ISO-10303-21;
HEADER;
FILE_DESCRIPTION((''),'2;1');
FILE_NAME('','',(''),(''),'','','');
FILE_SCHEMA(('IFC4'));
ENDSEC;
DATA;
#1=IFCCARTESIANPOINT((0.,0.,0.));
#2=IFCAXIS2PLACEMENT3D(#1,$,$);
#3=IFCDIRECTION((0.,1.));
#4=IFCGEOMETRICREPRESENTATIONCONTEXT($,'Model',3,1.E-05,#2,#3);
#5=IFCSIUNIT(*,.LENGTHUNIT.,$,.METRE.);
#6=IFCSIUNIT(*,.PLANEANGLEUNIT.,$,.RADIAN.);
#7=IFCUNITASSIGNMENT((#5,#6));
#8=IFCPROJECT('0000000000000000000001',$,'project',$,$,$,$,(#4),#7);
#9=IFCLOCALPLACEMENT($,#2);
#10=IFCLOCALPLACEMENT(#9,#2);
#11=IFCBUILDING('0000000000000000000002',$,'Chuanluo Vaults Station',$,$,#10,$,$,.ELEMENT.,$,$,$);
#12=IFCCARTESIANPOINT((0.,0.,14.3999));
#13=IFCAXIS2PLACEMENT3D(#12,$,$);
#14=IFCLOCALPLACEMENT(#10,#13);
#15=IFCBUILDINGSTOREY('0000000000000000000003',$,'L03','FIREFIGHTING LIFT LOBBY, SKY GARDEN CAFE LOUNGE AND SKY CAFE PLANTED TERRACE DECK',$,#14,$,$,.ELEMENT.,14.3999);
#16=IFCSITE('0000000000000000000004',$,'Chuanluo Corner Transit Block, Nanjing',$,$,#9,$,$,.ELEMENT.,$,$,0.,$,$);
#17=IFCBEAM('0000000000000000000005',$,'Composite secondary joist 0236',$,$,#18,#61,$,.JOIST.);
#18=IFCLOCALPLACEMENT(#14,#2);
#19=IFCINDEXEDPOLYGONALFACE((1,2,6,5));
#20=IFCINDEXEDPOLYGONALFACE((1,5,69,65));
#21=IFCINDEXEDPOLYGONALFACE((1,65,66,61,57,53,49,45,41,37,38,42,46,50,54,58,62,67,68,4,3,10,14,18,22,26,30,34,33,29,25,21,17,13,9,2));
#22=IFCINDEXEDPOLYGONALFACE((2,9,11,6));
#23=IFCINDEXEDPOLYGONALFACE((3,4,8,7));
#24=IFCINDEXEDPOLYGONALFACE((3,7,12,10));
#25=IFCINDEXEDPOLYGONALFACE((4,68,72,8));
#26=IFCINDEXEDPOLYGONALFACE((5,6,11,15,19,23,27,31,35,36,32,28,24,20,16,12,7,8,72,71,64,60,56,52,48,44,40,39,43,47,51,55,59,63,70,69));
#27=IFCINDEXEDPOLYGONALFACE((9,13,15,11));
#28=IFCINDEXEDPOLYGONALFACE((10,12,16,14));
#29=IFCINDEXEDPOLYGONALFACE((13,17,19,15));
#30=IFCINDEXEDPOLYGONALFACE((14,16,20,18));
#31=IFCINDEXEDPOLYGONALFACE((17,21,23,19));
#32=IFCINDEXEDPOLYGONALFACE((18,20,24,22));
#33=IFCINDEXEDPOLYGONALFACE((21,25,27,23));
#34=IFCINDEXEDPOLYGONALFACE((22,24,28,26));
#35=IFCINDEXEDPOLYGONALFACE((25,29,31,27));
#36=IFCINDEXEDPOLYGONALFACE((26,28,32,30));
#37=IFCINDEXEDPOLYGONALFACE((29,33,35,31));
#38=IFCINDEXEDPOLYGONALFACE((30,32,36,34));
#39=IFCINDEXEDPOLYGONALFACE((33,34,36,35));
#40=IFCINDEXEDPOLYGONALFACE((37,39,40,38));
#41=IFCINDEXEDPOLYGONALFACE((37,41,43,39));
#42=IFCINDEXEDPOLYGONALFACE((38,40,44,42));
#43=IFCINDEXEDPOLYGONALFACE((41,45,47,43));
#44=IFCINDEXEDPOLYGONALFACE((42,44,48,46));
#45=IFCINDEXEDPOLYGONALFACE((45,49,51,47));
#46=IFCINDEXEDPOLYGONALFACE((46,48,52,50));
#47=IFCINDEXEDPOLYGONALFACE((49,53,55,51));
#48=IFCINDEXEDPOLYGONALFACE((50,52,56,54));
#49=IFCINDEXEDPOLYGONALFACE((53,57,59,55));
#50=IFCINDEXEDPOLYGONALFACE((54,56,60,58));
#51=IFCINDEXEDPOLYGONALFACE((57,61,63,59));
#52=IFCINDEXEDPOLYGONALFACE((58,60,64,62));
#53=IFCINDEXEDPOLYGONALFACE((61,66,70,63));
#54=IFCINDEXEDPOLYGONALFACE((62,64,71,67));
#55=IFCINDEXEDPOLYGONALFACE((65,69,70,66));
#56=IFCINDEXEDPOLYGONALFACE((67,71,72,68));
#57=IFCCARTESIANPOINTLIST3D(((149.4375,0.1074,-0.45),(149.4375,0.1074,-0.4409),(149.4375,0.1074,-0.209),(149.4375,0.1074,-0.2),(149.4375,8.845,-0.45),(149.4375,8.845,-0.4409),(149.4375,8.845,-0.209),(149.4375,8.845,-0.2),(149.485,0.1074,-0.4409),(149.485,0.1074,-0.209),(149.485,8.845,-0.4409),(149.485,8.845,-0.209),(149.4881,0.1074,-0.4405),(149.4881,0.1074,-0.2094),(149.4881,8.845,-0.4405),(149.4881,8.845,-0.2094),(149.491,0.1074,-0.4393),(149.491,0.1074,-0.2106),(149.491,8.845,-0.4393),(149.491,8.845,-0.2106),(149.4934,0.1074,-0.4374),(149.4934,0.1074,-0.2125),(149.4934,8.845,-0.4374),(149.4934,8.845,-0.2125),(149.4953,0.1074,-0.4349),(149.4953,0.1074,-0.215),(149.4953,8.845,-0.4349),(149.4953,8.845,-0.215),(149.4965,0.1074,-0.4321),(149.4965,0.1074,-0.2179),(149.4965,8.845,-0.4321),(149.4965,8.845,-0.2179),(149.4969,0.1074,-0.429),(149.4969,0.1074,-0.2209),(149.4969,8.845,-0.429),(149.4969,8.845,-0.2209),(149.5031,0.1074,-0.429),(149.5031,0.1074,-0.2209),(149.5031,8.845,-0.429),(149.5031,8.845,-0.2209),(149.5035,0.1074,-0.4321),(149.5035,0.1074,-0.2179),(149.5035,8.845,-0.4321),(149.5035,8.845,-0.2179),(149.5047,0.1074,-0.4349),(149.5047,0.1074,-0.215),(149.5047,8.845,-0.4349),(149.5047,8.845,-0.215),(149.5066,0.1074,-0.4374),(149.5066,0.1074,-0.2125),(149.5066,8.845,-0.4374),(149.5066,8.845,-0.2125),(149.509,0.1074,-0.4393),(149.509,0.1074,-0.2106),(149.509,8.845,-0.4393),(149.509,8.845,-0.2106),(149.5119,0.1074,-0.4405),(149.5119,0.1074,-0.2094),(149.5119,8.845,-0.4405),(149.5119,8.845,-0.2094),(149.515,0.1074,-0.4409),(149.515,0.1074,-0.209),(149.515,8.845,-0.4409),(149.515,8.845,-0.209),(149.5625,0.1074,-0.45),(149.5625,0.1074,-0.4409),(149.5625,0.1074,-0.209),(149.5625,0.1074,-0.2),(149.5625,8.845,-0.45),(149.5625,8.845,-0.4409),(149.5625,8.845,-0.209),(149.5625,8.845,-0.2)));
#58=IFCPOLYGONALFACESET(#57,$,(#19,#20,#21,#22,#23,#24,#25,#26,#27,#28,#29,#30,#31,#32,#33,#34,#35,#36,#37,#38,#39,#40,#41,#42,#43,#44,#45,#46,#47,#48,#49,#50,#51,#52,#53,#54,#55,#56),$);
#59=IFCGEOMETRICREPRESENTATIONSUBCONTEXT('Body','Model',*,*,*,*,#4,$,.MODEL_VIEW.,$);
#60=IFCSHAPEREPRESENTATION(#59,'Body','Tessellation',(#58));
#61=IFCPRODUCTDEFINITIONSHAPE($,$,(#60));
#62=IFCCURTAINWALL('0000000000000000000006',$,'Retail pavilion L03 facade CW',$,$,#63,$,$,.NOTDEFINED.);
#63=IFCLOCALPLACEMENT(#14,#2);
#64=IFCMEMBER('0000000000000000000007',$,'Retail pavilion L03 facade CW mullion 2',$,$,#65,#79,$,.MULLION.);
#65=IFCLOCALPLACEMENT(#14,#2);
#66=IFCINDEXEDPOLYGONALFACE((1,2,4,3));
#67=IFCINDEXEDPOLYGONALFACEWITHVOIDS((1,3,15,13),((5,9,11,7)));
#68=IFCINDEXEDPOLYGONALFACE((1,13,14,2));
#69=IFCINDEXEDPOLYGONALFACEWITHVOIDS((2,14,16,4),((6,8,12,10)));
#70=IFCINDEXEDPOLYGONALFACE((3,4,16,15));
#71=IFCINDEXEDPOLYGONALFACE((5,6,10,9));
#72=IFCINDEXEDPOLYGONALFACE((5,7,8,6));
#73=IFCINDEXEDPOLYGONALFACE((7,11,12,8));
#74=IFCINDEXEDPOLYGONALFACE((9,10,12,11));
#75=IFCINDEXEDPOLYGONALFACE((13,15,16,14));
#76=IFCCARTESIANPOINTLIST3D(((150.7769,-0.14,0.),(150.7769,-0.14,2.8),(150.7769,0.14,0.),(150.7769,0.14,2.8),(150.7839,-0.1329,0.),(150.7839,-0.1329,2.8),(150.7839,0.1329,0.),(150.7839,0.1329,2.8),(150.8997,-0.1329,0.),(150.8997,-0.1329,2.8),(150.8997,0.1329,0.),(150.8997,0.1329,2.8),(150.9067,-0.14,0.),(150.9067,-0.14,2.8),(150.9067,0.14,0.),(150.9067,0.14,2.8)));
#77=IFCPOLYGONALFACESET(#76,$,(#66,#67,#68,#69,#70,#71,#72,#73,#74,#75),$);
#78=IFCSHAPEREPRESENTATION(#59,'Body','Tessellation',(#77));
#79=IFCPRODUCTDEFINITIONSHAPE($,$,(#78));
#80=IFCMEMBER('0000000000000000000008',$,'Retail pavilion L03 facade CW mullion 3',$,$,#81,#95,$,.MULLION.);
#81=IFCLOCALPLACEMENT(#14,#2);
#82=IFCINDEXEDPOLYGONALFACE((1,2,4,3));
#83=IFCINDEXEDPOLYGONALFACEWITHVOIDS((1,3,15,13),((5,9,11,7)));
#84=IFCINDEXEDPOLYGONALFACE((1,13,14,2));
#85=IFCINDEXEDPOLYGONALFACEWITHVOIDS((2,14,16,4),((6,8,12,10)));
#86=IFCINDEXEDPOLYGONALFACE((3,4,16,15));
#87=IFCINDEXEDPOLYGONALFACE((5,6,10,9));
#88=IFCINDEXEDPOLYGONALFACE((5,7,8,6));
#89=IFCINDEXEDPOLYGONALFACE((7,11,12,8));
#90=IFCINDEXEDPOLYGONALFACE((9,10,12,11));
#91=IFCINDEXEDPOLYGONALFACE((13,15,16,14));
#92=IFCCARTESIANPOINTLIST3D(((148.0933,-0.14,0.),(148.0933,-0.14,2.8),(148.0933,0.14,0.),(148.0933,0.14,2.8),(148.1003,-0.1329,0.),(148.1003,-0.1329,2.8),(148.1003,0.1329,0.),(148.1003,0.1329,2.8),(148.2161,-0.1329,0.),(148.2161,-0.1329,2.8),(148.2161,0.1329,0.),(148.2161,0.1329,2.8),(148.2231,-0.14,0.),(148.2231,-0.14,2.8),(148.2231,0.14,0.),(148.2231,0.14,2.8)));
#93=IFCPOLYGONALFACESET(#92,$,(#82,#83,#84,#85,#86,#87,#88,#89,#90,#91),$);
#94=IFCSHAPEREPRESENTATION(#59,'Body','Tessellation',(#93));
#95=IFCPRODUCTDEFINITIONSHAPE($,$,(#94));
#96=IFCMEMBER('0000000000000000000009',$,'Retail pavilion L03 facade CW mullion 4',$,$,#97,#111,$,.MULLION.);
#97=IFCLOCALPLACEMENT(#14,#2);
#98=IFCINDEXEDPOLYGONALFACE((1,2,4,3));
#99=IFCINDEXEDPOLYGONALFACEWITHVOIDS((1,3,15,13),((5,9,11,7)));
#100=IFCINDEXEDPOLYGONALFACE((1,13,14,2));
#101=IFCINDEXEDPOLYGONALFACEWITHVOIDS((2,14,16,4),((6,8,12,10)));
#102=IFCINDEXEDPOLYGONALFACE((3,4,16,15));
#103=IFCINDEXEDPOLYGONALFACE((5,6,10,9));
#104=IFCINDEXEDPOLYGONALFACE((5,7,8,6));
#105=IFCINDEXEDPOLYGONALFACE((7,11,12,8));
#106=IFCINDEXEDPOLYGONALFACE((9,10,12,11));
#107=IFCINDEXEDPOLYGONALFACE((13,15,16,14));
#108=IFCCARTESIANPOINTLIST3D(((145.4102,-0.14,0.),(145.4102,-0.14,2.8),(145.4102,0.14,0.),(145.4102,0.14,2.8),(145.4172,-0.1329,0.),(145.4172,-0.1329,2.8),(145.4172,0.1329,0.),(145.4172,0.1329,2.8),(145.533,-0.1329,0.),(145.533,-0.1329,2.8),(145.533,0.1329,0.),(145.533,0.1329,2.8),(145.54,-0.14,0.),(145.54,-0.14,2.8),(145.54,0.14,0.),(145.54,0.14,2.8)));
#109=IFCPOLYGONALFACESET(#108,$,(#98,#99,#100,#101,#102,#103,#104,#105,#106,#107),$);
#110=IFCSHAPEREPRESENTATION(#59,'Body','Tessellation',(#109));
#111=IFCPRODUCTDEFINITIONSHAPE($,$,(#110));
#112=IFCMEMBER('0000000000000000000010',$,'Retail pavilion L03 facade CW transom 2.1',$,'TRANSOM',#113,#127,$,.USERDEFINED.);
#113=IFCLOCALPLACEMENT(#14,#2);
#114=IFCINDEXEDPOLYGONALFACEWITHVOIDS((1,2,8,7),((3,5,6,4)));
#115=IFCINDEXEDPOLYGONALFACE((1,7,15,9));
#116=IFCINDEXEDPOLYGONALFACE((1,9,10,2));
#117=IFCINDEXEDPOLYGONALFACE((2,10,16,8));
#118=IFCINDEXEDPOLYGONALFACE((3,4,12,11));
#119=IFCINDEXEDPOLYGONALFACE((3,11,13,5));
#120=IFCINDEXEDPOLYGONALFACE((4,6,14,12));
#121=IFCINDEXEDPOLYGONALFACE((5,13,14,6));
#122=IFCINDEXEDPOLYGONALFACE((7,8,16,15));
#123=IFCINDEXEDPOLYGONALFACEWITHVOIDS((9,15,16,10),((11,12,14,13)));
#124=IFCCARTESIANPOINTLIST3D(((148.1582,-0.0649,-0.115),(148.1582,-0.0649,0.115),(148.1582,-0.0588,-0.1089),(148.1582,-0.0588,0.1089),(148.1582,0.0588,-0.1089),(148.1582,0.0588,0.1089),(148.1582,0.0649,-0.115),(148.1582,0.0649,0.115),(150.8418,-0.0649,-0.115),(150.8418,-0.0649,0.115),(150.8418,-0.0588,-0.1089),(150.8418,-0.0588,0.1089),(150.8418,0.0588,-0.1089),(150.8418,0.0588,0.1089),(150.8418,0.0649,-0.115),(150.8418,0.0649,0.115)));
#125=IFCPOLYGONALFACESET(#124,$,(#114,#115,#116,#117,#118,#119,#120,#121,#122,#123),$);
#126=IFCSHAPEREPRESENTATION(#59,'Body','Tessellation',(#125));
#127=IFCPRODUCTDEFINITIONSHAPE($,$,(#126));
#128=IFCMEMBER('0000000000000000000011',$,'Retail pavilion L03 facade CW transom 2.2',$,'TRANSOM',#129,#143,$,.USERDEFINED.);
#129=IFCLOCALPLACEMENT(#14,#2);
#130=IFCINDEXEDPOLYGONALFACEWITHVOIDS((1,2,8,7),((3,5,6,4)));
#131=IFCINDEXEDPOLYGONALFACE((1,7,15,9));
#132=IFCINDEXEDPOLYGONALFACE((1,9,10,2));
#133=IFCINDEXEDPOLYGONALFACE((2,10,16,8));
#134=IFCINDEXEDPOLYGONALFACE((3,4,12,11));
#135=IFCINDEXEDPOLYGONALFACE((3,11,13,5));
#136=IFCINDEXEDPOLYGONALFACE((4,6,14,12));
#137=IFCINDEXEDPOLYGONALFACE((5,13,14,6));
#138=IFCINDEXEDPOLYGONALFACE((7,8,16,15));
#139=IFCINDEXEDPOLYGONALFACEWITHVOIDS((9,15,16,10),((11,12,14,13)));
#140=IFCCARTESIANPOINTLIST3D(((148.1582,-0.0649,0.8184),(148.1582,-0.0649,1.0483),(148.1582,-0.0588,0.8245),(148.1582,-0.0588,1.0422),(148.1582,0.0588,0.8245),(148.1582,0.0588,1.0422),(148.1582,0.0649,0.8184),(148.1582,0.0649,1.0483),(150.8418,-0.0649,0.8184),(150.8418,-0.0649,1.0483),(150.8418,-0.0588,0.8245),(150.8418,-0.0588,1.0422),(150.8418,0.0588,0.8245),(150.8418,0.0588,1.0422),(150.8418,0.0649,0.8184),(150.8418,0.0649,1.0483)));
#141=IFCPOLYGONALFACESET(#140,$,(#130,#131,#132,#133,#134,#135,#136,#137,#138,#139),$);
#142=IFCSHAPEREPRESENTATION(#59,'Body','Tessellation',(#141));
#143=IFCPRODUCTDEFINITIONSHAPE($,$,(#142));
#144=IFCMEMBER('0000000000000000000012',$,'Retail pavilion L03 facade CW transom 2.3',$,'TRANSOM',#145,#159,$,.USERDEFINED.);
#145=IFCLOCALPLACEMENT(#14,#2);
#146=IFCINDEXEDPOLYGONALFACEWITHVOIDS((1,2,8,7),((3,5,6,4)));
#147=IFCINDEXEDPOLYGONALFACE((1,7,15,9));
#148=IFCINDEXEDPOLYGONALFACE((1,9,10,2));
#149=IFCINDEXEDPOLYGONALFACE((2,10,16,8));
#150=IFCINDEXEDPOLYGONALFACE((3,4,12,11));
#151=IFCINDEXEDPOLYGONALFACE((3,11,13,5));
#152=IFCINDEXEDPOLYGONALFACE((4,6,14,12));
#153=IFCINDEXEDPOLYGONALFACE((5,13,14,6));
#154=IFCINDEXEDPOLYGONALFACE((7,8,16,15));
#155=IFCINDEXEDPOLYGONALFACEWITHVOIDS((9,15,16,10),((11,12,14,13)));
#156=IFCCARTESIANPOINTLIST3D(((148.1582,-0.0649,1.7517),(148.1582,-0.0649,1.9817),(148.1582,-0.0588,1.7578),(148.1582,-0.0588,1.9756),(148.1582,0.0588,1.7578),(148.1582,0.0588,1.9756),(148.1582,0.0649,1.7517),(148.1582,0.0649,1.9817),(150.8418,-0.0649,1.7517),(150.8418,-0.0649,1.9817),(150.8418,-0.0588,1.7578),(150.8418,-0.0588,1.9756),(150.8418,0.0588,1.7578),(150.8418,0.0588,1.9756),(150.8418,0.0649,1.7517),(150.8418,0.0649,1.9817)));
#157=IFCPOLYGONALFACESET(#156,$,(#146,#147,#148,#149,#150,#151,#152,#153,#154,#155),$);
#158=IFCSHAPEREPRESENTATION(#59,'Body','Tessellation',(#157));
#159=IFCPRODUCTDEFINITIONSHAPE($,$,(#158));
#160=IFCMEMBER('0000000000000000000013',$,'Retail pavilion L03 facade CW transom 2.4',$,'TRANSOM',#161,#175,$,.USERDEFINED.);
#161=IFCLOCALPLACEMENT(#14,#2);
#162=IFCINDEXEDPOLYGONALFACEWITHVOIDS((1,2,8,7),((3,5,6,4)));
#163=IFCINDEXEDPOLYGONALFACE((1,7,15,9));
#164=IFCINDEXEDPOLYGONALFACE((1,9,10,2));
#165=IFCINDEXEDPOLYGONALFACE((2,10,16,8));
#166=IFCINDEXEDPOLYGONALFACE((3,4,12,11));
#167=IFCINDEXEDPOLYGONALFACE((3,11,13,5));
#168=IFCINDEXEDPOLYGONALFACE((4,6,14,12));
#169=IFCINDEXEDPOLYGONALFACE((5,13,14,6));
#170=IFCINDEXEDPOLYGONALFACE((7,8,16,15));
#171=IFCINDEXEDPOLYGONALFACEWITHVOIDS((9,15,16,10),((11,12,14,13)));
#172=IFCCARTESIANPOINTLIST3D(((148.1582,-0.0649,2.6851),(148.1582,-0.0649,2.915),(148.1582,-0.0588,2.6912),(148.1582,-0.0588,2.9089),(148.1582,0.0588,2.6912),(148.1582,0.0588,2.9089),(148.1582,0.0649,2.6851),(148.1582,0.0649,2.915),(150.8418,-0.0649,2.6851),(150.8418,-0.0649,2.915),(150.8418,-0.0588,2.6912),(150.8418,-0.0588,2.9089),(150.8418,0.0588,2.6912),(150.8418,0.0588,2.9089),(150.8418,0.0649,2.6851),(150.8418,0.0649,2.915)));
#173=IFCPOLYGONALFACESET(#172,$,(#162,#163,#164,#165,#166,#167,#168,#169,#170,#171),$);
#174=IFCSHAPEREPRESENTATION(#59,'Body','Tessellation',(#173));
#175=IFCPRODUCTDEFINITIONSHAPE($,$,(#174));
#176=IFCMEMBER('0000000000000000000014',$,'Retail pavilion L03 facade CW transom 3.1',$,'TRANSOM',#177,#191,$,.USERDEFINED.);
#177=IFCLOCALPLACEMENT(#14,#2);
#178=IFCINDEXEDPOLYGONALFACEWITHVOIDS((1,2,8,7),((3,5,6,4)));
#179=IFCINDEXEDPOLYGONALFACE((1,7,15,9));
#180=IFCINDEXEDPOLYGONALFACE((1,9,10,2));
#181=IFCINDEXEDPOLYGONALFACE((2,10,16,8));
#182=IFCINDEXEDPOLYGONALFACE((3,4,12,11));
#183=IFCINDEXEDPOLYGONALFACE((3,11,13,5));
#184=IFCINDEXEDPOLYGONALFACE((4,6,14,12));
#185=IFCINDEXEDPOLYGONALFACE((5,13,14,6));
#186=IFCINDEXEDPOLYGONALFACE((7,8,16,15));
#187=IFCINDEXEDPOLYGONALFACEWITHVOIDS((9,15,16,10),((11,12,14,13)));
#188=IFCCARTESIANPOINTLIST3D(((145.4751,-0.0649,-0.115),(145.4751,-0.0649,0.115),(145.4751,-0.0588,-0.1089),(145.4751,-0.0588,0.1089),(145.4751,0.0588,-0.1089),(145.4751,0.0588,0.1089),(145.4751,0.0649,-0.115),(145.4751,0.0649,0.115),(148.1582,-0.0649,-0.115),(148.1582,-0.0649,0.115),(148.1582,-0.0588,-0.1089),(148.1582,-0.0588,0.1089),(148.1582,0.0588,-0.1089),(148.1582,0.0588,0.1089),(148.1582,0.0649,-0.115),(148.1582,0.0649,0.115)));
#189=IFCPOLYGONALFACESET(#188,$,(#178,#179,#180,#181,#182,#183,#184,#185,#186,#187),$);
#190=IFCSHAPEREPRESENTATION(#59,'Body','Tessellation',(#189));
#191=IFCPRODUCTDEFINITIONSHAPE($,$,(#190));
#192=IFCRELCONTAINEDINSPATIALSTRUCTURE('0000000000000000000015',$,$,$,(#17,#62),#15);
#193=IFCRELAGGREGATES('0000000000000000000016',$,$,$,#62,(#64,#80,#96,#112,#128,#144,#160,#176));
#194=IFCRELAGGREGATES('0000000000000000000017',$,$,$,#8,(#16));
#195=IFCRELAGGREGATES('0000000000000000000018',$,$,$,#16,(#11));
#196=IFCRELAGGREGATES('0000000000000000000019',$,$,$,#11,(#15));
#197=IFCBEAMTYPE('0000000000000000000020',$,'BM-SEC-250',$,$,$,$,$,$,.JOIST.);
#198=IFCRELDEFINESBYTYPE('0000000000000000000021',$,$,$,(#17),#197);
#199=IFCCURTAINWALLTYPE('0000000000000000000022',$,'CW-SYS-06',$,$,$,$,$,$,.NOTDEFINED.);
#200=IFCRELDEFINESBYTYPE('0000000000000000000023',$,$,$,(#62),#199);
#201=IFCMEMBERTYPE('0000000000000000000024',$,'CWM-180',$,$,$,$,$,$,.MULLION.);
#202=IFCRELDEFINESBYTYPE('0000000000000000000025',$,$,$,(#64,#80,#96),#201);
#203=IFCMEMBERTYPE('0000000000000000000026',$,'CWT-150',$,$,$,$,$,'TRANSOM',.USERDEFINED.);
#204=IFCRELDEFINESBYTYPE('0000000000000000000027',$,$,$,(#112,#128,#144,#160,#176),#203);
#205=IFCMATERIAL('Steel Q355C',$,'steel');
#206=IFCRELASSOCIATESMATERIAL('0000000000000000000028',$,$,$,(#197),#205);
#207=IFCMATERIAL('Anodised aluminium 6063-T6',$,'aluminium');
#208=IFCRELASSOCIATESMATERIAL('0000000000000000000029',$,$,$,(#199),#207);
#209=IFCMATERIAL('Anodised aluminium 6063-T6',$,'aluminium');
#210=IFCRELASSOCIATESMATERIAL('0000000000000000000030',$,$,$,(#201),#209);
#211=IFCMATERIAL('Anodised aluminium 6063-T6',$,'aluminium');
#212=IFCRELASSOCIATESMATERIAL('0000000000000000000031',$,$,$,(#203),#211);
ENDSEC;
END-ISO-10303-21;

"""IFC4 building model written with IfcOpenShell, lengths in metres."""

from ifc_helpers import new_model, si_unit, direction, frame, origin, origin_2d, place, context, subcontext, project, spatial, hollow_rectangle, i_section, extrude, material, material_profile, profile_set, type_object, element, aggregate, save


model = new_model("IFC4")

# Units and contexts
model_context = context("Model", 3, precision=1e-05, world=origin(), true_north=direction((0.0, 1.0)))
body_context = subcontext(model_context, "Body", "Model", "MODEL_VIEW")
ifc_project = project(units=[si_unit("LENGTHUNIT", "METRE"), si_unit("PLANEANGLEUNIT", "RADIAN")], contexts=[model_context])

# Site, building, storey
site_placement = place(None, origin())
site = spatial("IfcSite", under=ifc_project, at=site_placement, Name="Chuanluo Corner Transit Block, Nanjing", CompositionType="ELEMENT", RefElevation=0.0)
building_placement = place(site_placement, origin())
building = spatial("IfcBuilding", under=site, at=building_placement, Name="Chuanluo Vaults Station", CompositionType="ELEMENT")
storey_placement = place(building_placement, frame((0.0, 0.0, 14.3999)))
storey = spatial("IfcBuildingStorey", under=building, at=storey_placement, Name="L03", Description="FIREFIGHTING LIFT LOBBY, SKY GARDEN CAFE LOUNGE AND SKY CAFE PLANTED TERRACE DECK", CompositionType="ELEMENT", Elevation=14.3999)

# Beam
ifc_material_1 = material(Name="Steel Q355C", Category="steel")
ifc_material_profile_1 = material_profile(ifc_material_1, i_section(OverallWidth=0.125, OverallDepth=0.25, WebThickness=0.0061, FlangeThickness=0.009, FilletRadius=0.012, at=origin_2d()))
ifc_profile_set_1 = profile_set([ifc_material_profile_1], Name="Steel Q355C")
beam_type = type_object("IfcBeamType", Name="BM-SEC-250", PredefinedType="JOIST", material=ifc_profile_set_1)
beam_placement = place(storey_placement, frame((149.5, 0.1074, -0.325), z_axis=(0.0, 1.0, 0.0), x_axis=(-1.0, 0.0, 0.0)))
element("IfcBeam", 1, at=beam_placement, inside=storey, type_object=beam_type, Name="Composite secondary joist 0236", PredefinedType="JOIST", context=body_context, shape_type="SweptSolid", body=[
    extrude(i_section(OverallWidth=0.125, OverallDepth=0.25, WebThickness=0.0061, FlangeThickness=0.009, FilletRadius=0.012, at=origin_2d()), origin(), (0.0, 0.0, 1.0), 8.7375),
])

# Curtain wall, members
ifc_material_2 = material(Name="Anodised aluminium 6063-T6", Category="aluminium")
curtain_wall_type = type_object("IfcCurtainWallType", Name="CW-SYS-06", PredefinedType="NOTDEFINED", material=ifc_material_2)
curtain_wall_placement = place(storey_placement, origin())
curtain_wall = element("IfcCurtainWall", 2, at=curtain_wall_placement, inside=storey, type_object=curtain_wall_type, Name="Retail pavilion L03 facade CW", PredefinedType="NOTDEFINED")
ifc_material_3 = material(Name="Anodised aluminium 6063-T6", Category="aluminium")
ifc_material_profile_2 = material_profile(ifc_material_3, hollow_rectangle(XDim=0.1299, YDim=0.28, WallThickness=0.0071, at=origin_2d()))
ifc_profile_set_2 = profile_set([ifc_material_profile_2], Name="Anodised aluminium 6063-T6")
member_type_1 = type_object("IfcMemberType", Name="CWM-180", PredefinedType="MULLION", material=ifc_profile_set_2)
member_1_placement = place(storey_placement, frame((150.8418, 0.0, 0.0), z_axis=(0.0, 0.0, 1.0), x_axis=(-1.0, 0.0, 0.0)))
member_1 = element("IfcMember", 3, at=member_1_placement, type_object=member_type_1, Name="Retail pavilion L03 facade CW mullion 2", PredefinedType="MULLION", context=body_context, shape_type="SweptSolid", body=[
    extrude(hollow_rectangle(XDim=0.1299, YDim=0.28, WallThickness=0.0071, at=origin_2d()), origin(), (0.0, 0.0, 1.0), 2.8),
])
member_2_placement = place(storey_placement, frame((148.1582, 0.0, 0.0), z_axis=(0.0, 0.0, 1.0), x_axis=(-1.0, 0.0, 0.0)))
member_2 = element("IfcMember", 4, at=member_2_placement, type_object=member_type_1, Name="Retail pavilion L03 facade CW mullion 3", PredefinedType="MULLION", context=body_context, shape_type="SweptSolid", body=[
    extrude(hollow_rectangle(XDim=0.1299, YDim=0.28, WallThickness=0.0071, at=origin_2d()), origin(), (0.0, 0.0, 1.0), 2.8),
])
member_3_placement = place(storey_placement, frame((145.4751, 0.0, 0.0), z_axis=(0.0, 0.0, 1.0), x_axis=(-1.0, 0.0, 0.0)))
member_3 = element("IfcMember", 5, at=member_3_placement, type_object=member_type_1, Name="Retail pavilion L03 facade CW mullion 4", PredefinedType="MULLION", context=body_context, shape_type="SweptSolid", body=[
    extrude(hollow_rectangle(XDim=0.1299, YDim=0.28, WallThickness=0.0071, at=origin_2d()), origin(), (0.0, 0.0, 1.0), 2.8),
])
ifc_material_4 = material(Name="Anodised aluminium 6063-T6", Category="aluminium")
ifc_material_profile_3 = material_profile(ifc_material_4, hollow_rectangle(XDim=0.1299, YDim=0.23, WallThickness=0.0061, at=origin_2d()))
ifc_profile_set_3 = profile_set([ifc_material_profile_3], Name="Anodised aluminium 6063-T6")
member_type_2 = type_object("IfcMemberType", Name="CWT-150", ElementType="TRANSOM", PredefinedType="USERDEFINED", material=ifc_profile_set_3)
member_4_placement = place(storey_placement, frame((150.8418, 0.0, 0.0), z_axis=(-1.0, 0.0, 0.0), x_axis=(0.0, -1.0, 0.0)))
member_4 = element("IfcMember", 6, at=member_4_placement, type_object=member_type_2, Name="Retail pavilion L03 facade CW transom 2.1", ObjectType="TRANSOM", PredefinedType="USERDEFINED", context=body_context, shape_type="SweptSolid", body=[
    extrude(hollow_rectangle(XDim=0.1299, YDim=0.23, WallThickness=0.0061, at=origin_2d()), origin(), (0.0, 0.0, 1.0), 2.6836),
])
member_5_placement = place(storey_placement, frame((150.8418, 0.0, 0.9333), z_axis=(-1.0, 0.0, 0.0), x_axis=(0.0, -1.0, 0.0)))
member_5 = element("IfcMember", 7, at=member_5_placement, type_object=member_type_2, Name="Retail pavilion L03 facade CW transom 2.2", ObjectType="TRANSOM", PredefinedType="USERDEFINED", context=body_context, shape_type="SweptSolid", body=[
    extrude(hollow_rectangle(XDim=0.1299, YDim=0.23, WallThickness=0.0061, at=origin_2d()), origin(), (0.0, 0.0, 1.0), 2.6836),
])
member_6_placement = place(storey_placement, frame((150.8418, 0.0, 1.8667), z_axis=(-1.0, 0.0, 0.0), x_axis=(0.0, -1.0, 0.0)))
member_6 = element("IfcMember", 8, at=member_6_placement, type_object=member_type_2, Name="Retail pavilion L03 facade CW transom 2.3", ObjectType="TRANSOM", PredefinedType="USERDEFINED", context=body_context, shape_type="SweptSolid", body=[
    extrude(hollow_rectangle(XDim=0.1299, YDim=0.23, WallThickness=0.0061, at=origin_2d()), origin(), (0.0, 0.0, 1.0), 2.6836),
])
member_7_placement = place(storey_placement, frame((150.8418, 0.0, 2.8), z_axis=(-1.0, 0.0, 0.0), x_axis=(0.0, -1.0, 0.0)))
member_7 = element("IfcMember", 9, at=member_7_placement, type_object=member_type_2, Name="Retail pavilion L03 facade CW transom 2.4", ObjectType="TRANSOM", PredefinedType="USERDEFINED", context=body_context, shape_type="SweptSolid", body=[
    extrude(hollow_rectangle(XDim=0.1299, YDim=0.23, WallThickness=0.0061, at=origin_2d()), origin(), (0.0, 0.0, 1.0), 2.6836),
])
member_8_placement = place(storey_placement, frame((148.1582, 0.0, 0.0), z_axis=(-1.0, 0.0, 0.0), x_axis=(0.0, -1.0, 0.0)))
member_8 = element("IfcMember", 10, at=member_8_placement, type_object=member_type_2, Name="Retail pavilion L03 facade CW transom 3.1", ObjectType="TRANSOM", PredefinedType="USERDEFINED", context=body_context, shape_type="SweptSolid", body=[
    extrude(hollow_rectangle(XDim=0.1299, YDim=0.23, WallThickness=0.0061, at=origin_2d()), origin(), (0.0, 0.0, 1.0), 2.6831),
])
aggregate(curtain_wall, [member_1, member_2, member_3, member_4, member_5, member_6, member_7, member_8])

save(model, "model.ifc")
